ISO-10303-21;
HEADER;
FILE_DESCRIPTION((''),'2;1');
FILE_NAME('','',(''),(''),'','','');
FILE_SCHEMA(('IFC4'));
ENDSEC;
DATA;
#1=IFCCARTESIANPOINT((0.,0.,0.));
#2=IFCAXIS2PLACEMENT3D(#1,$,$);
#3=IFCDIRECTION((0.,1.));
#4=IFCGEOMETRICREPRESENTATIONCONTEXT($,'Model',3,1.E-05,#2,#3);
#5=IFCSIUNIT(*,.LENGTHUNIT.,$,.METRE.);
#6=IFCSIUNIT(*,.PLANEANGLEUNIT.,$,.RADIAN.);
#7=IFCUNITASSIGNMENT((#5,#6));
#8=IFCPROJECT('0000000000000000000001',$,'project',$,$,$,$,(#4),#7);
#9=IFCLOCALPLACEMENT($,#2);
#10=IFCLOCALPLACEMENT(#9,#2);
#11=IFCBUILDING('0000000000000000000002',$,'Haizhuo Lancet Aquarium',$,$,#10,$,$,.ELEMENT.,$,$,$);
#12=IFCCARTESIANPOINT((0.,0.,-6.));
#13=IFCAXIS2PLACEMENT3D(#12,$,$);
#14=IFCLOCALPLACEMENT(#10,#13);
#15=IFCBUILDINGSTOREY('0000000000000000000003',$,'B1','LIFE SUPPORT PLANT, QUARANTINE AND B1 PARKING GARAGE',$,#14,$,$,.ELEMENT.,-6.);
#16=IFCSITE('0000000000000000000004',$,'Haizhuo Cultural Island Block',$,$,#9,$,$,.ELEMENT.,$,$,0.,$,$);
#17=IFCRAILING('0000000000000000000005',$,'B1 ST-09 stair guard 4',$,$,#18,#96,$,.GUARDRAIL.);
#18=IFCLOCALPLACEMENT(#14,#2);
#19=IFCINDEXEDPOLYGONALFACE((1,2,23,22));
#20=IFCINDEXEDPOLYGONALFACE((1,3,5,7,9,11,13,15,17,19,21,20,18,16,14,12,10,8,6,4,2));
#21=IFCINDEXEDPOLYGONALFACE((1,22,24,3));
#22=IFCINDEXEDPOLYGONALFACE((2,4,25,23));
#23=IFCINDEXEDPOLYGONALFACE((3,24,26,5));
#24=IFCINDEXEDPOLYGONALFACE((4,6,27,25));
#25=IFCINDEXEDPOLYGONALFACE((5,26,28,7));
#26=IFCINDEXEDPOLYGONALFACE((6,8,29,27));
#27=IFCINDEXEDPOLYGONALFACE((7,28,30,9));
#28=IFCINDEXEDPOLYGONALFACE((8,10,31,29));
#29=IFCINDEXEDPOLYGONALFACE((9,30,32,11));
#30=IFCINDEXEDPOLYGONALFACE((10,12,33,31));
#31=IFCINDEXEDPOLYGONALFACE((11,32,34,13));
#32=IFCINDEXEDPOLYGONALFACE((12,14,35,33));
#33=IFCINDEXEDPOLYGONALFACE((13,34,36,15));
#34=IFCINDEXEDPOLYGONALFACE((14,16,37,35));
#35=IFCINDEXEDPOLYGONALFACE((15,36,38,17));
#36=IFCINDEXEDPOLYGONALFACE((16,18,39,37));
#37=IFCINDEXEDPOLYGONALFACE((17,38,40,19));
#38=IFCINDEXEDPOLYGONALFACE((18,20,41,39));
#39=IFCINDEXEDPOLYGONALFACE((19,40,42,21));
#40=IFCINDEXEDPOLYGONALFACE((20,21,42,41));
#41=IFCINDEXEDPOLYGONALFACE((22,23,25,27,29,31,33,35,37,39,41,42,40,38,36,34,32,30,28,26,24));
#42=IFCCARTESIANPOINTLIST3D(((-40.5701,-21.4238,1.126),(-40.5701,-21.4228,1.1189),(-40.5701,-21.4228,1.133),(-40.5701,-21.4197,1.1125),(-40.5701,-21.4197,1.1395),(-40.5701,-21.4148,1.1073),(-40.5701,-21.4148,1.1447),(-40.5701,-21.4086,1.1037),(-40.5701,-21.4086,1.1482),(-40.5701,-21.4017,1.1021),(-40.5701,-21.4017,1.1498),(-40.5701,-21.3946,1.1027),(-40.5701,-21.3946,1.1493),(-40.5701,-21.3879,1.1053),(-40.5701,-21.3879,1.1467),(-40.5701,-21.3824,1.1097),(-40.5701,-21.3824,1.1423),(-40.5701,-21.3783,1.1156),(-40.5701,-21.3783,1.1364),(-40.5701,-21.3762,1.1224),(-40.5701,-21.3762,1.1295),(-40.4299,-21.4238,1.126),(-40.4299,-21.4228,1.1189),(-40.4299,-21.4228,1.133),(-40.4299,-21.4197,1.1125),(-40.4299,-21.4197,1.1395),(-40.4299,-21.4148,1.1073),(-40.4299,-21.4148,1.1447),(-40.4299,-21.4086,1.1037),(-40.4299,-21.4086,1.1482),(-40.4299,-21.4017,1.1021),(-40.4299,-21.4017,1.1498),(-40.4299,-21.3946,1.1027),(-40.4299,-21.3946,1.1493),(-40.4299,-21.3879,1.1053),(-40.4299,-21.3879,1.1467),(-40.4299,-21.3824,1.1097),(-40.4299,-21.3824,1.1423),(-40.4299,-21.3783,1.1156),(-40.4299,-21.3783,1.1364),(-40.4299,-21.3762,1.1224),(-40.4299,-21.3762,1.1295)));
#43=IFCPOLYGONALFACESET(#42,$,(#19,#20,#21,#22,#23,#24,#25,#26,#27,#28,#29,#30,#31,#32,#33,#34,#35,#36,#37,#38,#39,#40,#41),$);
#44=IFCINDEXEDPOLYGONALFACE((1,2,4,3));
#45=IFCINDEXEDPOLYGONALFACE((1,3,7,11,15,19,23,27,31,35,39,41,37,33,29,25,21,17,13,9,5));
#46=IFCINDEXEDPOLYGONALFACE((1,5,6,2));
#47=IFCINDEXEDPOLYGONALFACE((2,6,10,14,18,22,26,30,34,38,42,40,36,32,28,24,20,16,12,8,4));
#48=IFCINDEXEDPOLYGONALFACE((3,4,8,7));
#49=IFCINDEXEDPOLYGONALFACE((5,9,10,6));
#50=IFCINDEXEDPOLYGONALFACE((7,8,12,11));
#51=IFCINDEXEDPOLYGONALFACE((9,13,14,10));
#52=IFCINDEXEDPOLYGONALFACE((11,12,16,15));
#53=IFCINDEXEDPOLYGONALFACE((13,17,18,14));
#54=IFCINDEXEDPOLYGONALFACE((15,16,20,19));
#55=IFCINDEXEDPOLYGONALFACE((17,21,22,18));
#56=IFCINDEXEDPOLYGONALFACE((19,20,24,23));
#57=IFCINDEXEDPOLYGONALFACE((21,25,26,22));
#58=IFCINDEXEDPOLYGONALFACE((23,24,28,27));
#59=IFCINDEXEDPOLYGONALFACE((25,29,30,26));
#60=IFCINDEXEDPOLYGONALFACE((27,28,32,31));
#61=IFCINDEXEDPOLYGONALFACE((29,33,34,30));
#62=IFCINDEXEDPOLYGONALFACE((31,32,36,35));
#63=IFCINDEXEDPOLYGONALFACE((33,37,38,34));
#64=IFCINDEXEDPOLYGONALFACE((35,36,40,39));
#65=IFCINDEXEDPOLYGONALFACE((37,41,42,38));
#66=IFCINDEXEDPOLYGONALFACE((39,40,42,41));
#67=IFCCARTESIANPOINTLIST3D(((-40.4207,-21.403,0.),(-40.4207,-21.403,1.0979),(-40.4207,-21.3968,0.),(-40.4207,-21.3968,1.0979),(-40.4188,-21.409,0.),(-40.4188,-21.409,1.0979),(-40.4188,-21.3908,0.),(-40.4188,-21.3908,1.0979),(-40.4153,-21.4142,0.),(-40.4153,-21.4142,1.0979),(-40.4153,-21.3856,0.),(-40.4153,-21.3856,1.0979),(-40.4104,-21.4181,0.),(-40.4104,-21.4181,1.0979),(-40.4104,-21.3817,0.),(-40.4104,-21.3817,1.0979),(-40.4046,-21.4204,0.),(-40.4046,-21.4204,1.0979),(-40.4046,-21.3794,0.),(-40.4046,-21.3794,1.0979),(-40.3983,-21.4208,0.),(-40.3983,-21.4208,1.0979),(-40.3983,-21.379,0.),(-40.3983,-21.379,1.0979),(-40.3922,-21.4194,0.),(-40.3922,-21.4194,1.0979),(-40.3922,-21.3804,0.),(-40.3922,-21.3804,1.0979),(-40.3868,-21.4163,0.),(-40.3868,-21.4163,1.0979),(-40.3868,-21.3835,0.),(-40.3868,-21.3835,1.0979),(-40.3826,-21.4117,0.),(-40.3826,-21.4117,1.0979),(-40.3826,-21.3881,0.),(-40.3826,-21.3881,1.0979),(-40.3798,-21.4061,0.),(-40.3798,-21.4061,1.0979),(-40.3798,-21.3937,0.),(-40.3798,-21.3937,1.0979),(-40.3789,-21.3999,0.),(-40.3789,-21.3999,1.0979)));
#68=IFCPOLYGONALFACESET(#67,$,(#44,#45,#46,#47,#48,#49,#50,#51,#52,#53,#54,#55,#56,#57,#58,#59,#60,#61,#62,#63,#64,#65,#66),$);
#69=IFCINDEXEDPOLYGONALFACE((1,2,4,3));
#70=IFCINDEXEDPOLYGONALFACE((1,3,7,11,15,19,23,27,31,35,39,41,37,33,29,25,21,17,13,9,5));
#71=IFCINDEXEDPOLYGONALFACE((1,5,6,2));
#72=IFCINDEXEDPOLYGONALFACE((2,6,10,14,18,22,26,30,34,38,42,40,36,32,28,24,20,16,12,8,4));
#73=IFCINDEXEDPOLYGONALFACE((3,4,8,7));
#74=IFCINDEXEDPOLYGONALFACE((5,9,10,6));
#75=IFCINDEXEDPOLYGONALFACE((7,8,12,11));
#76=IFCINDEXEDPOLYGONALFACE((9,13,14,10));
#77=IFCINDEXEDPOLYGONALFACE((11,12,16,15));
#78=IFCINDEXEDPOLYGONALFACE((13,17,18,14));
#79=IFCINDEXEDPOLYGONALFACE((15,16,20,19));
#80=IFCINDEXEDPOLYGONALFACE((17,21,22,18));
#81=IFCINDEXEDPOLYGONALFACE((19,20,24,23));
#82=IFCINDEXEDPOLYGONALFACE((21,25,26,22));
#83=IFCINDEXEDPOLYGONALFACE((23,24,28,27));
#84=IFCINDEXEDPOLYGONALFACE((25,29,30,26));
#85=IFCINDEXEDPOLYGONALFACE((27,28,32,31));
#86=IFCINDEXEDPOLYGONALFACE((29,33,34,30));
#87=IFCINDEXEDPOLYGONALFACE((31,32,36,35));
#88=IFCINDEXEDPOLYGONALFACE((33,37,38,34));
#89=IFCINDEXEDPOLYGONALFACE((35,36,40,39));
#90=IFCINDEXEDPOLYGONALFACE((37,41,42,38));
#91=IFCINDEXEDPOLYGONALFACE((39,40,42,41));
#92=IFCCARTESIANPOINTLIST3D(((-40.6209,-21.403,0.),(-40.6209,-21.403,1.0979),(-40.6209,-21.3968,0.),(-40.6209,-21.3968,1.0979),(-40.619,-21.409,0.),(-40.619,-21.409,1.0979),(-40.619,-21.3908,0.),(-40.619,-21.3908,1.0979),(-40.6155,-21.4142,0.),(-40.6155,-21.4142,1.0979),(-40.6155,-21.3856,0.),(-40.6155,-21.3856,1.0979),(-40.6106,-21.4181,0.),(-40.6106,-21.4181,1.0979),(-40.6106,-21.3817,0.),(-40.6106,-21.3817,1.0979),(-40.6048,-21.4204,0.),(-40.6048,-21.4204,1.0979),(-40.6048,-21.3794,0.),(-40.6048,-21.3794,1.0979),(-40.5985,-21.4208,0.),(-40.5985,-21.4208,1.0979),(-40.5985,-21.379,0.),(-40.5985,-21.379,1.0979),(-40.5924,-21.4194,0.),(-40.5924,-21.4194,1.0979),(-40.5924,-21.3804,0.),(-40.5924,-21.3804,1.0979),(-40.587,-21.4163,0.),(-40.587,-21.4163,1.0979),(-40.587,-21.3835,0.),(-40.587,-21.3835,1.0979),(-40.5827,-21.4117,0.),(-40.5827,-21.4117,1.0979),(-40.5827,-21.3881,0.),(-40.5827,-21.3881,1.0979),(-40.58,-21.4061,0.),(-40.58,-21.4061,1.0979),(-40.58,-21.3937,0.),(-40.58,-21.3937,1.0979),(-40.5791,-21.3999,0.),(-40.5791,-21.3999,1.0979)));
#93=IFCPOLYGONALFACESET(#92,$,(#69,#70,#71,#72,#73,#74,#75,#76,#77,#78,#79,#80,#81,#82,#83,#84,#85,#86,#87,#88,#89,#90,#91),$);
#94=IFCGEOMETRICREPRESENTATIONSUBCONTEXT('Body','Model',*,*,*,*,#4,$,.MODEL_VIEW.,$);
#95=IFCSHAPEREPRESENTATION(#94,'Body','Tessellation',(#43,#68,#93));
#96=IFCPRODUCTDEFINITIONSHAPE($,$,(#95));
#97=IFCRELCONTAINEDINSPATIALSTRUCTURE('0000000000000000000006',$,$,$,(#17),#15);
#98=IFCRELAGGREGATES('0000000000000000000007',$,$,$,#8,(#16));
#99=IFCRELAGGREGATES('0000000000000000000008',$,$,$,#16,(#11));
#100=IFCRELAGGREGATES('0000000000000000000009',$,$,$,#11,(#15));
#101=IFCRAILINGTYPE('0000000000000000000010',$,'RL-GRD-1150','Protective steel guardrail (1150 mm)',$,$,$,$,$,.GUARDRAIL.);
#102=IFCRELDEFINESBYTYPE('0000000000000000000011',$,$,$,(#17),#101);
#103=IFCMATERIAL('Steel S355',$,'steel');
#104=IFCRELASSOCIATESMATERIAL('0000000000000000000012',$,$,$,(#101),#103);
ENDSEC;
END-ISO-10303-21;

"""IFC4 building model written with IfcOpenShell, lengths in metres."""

from ifc_helpers import new_model, si_unit, direction, frame, origin, origin_2d, place, context, subcontext, project, spatial, circle, extrude, material, type_object, element, save


model = new_model("IFC4")

# Units and contexts
model_context = context("Model", 3, precision=1e-05, world=origin(), true_north=direction((0.0, 1.0)))
body_context = subcontext(model_context, "Body", "Model", "MODEL_VIEW")
ifc_project = project(units=[si_unit("LENGTHUNIT", "METRE"), si_unit("PLANEANGLEUNIT", "RADIAN")], contexts=[model_context])

# Site, building, storey
site_placement = place(None, origin())
site = spatial("IfcSite", under=ifc_project, at=site_placement, Name="Haizhuo Cultural Island Block", CompositionType="ELEMENT", RefElevation=0.0)
building_placement = place(site_placement, origin())
building = spatial("IfcBuilding", under=site, at=building_placement, Name="Haizhuo Lancet Aquarium", CompositionType="ELEMENT")
storey_placement = place(building_placement, frame((0.0, 0.0, -6.0)))
storey = spatial("IfcBuildingStorey", under=building, at=storey_placement, Name="B1", Description="LIFE SUPPORT PLANT, QUARANTINE AND B1 PARKING GARAGE", CompositionType="ELEMENT", Elevation=-6.0)

# Shared definitions
ifc_material_1 = material(Name="Steel S355", Category="steel")

# Railing
railing_type = type_object("IfcRailingType", Name="RL-GRD-1150", Description="Protective steel guardrail (1150 mm)", PredefinedType="GUARDRAIL", material=ifc_material_1)
railing_1_placement = place(storey_placement, frame((-40.3999, -21.3999, 0.0)))
element("IfcRailing", 1, at=railing_1_placement, inside=storey, type_object=railing_type, Name="B1 ST-09 stair guard 4", PredefinedType="GUARDRAIL", context=body_context, shape_type="SweptSolid", body=[
    extrude(circle(Radius=0.0239, at=origin_2d()), frame((-0.03, 0.0, 1.126), z_axis=(-1.0, 0.0, 0.0), x_axis=(0.0, -1.0, 0.0)), (0.0, 0.0, 1.0), 0.1401),
    extrude(circle(Radius=0.021, at=origin_2d()), origin(), (0.0, 0.0, 1.0), 1.0979),
    extrude(circle(Radius=0.021, at=origin_2d()), frame((-0.2002, 0.0, 0.0)), (0.0, 0.0, 1.0), 1.0979),
])

save(model, "model.ifc")
